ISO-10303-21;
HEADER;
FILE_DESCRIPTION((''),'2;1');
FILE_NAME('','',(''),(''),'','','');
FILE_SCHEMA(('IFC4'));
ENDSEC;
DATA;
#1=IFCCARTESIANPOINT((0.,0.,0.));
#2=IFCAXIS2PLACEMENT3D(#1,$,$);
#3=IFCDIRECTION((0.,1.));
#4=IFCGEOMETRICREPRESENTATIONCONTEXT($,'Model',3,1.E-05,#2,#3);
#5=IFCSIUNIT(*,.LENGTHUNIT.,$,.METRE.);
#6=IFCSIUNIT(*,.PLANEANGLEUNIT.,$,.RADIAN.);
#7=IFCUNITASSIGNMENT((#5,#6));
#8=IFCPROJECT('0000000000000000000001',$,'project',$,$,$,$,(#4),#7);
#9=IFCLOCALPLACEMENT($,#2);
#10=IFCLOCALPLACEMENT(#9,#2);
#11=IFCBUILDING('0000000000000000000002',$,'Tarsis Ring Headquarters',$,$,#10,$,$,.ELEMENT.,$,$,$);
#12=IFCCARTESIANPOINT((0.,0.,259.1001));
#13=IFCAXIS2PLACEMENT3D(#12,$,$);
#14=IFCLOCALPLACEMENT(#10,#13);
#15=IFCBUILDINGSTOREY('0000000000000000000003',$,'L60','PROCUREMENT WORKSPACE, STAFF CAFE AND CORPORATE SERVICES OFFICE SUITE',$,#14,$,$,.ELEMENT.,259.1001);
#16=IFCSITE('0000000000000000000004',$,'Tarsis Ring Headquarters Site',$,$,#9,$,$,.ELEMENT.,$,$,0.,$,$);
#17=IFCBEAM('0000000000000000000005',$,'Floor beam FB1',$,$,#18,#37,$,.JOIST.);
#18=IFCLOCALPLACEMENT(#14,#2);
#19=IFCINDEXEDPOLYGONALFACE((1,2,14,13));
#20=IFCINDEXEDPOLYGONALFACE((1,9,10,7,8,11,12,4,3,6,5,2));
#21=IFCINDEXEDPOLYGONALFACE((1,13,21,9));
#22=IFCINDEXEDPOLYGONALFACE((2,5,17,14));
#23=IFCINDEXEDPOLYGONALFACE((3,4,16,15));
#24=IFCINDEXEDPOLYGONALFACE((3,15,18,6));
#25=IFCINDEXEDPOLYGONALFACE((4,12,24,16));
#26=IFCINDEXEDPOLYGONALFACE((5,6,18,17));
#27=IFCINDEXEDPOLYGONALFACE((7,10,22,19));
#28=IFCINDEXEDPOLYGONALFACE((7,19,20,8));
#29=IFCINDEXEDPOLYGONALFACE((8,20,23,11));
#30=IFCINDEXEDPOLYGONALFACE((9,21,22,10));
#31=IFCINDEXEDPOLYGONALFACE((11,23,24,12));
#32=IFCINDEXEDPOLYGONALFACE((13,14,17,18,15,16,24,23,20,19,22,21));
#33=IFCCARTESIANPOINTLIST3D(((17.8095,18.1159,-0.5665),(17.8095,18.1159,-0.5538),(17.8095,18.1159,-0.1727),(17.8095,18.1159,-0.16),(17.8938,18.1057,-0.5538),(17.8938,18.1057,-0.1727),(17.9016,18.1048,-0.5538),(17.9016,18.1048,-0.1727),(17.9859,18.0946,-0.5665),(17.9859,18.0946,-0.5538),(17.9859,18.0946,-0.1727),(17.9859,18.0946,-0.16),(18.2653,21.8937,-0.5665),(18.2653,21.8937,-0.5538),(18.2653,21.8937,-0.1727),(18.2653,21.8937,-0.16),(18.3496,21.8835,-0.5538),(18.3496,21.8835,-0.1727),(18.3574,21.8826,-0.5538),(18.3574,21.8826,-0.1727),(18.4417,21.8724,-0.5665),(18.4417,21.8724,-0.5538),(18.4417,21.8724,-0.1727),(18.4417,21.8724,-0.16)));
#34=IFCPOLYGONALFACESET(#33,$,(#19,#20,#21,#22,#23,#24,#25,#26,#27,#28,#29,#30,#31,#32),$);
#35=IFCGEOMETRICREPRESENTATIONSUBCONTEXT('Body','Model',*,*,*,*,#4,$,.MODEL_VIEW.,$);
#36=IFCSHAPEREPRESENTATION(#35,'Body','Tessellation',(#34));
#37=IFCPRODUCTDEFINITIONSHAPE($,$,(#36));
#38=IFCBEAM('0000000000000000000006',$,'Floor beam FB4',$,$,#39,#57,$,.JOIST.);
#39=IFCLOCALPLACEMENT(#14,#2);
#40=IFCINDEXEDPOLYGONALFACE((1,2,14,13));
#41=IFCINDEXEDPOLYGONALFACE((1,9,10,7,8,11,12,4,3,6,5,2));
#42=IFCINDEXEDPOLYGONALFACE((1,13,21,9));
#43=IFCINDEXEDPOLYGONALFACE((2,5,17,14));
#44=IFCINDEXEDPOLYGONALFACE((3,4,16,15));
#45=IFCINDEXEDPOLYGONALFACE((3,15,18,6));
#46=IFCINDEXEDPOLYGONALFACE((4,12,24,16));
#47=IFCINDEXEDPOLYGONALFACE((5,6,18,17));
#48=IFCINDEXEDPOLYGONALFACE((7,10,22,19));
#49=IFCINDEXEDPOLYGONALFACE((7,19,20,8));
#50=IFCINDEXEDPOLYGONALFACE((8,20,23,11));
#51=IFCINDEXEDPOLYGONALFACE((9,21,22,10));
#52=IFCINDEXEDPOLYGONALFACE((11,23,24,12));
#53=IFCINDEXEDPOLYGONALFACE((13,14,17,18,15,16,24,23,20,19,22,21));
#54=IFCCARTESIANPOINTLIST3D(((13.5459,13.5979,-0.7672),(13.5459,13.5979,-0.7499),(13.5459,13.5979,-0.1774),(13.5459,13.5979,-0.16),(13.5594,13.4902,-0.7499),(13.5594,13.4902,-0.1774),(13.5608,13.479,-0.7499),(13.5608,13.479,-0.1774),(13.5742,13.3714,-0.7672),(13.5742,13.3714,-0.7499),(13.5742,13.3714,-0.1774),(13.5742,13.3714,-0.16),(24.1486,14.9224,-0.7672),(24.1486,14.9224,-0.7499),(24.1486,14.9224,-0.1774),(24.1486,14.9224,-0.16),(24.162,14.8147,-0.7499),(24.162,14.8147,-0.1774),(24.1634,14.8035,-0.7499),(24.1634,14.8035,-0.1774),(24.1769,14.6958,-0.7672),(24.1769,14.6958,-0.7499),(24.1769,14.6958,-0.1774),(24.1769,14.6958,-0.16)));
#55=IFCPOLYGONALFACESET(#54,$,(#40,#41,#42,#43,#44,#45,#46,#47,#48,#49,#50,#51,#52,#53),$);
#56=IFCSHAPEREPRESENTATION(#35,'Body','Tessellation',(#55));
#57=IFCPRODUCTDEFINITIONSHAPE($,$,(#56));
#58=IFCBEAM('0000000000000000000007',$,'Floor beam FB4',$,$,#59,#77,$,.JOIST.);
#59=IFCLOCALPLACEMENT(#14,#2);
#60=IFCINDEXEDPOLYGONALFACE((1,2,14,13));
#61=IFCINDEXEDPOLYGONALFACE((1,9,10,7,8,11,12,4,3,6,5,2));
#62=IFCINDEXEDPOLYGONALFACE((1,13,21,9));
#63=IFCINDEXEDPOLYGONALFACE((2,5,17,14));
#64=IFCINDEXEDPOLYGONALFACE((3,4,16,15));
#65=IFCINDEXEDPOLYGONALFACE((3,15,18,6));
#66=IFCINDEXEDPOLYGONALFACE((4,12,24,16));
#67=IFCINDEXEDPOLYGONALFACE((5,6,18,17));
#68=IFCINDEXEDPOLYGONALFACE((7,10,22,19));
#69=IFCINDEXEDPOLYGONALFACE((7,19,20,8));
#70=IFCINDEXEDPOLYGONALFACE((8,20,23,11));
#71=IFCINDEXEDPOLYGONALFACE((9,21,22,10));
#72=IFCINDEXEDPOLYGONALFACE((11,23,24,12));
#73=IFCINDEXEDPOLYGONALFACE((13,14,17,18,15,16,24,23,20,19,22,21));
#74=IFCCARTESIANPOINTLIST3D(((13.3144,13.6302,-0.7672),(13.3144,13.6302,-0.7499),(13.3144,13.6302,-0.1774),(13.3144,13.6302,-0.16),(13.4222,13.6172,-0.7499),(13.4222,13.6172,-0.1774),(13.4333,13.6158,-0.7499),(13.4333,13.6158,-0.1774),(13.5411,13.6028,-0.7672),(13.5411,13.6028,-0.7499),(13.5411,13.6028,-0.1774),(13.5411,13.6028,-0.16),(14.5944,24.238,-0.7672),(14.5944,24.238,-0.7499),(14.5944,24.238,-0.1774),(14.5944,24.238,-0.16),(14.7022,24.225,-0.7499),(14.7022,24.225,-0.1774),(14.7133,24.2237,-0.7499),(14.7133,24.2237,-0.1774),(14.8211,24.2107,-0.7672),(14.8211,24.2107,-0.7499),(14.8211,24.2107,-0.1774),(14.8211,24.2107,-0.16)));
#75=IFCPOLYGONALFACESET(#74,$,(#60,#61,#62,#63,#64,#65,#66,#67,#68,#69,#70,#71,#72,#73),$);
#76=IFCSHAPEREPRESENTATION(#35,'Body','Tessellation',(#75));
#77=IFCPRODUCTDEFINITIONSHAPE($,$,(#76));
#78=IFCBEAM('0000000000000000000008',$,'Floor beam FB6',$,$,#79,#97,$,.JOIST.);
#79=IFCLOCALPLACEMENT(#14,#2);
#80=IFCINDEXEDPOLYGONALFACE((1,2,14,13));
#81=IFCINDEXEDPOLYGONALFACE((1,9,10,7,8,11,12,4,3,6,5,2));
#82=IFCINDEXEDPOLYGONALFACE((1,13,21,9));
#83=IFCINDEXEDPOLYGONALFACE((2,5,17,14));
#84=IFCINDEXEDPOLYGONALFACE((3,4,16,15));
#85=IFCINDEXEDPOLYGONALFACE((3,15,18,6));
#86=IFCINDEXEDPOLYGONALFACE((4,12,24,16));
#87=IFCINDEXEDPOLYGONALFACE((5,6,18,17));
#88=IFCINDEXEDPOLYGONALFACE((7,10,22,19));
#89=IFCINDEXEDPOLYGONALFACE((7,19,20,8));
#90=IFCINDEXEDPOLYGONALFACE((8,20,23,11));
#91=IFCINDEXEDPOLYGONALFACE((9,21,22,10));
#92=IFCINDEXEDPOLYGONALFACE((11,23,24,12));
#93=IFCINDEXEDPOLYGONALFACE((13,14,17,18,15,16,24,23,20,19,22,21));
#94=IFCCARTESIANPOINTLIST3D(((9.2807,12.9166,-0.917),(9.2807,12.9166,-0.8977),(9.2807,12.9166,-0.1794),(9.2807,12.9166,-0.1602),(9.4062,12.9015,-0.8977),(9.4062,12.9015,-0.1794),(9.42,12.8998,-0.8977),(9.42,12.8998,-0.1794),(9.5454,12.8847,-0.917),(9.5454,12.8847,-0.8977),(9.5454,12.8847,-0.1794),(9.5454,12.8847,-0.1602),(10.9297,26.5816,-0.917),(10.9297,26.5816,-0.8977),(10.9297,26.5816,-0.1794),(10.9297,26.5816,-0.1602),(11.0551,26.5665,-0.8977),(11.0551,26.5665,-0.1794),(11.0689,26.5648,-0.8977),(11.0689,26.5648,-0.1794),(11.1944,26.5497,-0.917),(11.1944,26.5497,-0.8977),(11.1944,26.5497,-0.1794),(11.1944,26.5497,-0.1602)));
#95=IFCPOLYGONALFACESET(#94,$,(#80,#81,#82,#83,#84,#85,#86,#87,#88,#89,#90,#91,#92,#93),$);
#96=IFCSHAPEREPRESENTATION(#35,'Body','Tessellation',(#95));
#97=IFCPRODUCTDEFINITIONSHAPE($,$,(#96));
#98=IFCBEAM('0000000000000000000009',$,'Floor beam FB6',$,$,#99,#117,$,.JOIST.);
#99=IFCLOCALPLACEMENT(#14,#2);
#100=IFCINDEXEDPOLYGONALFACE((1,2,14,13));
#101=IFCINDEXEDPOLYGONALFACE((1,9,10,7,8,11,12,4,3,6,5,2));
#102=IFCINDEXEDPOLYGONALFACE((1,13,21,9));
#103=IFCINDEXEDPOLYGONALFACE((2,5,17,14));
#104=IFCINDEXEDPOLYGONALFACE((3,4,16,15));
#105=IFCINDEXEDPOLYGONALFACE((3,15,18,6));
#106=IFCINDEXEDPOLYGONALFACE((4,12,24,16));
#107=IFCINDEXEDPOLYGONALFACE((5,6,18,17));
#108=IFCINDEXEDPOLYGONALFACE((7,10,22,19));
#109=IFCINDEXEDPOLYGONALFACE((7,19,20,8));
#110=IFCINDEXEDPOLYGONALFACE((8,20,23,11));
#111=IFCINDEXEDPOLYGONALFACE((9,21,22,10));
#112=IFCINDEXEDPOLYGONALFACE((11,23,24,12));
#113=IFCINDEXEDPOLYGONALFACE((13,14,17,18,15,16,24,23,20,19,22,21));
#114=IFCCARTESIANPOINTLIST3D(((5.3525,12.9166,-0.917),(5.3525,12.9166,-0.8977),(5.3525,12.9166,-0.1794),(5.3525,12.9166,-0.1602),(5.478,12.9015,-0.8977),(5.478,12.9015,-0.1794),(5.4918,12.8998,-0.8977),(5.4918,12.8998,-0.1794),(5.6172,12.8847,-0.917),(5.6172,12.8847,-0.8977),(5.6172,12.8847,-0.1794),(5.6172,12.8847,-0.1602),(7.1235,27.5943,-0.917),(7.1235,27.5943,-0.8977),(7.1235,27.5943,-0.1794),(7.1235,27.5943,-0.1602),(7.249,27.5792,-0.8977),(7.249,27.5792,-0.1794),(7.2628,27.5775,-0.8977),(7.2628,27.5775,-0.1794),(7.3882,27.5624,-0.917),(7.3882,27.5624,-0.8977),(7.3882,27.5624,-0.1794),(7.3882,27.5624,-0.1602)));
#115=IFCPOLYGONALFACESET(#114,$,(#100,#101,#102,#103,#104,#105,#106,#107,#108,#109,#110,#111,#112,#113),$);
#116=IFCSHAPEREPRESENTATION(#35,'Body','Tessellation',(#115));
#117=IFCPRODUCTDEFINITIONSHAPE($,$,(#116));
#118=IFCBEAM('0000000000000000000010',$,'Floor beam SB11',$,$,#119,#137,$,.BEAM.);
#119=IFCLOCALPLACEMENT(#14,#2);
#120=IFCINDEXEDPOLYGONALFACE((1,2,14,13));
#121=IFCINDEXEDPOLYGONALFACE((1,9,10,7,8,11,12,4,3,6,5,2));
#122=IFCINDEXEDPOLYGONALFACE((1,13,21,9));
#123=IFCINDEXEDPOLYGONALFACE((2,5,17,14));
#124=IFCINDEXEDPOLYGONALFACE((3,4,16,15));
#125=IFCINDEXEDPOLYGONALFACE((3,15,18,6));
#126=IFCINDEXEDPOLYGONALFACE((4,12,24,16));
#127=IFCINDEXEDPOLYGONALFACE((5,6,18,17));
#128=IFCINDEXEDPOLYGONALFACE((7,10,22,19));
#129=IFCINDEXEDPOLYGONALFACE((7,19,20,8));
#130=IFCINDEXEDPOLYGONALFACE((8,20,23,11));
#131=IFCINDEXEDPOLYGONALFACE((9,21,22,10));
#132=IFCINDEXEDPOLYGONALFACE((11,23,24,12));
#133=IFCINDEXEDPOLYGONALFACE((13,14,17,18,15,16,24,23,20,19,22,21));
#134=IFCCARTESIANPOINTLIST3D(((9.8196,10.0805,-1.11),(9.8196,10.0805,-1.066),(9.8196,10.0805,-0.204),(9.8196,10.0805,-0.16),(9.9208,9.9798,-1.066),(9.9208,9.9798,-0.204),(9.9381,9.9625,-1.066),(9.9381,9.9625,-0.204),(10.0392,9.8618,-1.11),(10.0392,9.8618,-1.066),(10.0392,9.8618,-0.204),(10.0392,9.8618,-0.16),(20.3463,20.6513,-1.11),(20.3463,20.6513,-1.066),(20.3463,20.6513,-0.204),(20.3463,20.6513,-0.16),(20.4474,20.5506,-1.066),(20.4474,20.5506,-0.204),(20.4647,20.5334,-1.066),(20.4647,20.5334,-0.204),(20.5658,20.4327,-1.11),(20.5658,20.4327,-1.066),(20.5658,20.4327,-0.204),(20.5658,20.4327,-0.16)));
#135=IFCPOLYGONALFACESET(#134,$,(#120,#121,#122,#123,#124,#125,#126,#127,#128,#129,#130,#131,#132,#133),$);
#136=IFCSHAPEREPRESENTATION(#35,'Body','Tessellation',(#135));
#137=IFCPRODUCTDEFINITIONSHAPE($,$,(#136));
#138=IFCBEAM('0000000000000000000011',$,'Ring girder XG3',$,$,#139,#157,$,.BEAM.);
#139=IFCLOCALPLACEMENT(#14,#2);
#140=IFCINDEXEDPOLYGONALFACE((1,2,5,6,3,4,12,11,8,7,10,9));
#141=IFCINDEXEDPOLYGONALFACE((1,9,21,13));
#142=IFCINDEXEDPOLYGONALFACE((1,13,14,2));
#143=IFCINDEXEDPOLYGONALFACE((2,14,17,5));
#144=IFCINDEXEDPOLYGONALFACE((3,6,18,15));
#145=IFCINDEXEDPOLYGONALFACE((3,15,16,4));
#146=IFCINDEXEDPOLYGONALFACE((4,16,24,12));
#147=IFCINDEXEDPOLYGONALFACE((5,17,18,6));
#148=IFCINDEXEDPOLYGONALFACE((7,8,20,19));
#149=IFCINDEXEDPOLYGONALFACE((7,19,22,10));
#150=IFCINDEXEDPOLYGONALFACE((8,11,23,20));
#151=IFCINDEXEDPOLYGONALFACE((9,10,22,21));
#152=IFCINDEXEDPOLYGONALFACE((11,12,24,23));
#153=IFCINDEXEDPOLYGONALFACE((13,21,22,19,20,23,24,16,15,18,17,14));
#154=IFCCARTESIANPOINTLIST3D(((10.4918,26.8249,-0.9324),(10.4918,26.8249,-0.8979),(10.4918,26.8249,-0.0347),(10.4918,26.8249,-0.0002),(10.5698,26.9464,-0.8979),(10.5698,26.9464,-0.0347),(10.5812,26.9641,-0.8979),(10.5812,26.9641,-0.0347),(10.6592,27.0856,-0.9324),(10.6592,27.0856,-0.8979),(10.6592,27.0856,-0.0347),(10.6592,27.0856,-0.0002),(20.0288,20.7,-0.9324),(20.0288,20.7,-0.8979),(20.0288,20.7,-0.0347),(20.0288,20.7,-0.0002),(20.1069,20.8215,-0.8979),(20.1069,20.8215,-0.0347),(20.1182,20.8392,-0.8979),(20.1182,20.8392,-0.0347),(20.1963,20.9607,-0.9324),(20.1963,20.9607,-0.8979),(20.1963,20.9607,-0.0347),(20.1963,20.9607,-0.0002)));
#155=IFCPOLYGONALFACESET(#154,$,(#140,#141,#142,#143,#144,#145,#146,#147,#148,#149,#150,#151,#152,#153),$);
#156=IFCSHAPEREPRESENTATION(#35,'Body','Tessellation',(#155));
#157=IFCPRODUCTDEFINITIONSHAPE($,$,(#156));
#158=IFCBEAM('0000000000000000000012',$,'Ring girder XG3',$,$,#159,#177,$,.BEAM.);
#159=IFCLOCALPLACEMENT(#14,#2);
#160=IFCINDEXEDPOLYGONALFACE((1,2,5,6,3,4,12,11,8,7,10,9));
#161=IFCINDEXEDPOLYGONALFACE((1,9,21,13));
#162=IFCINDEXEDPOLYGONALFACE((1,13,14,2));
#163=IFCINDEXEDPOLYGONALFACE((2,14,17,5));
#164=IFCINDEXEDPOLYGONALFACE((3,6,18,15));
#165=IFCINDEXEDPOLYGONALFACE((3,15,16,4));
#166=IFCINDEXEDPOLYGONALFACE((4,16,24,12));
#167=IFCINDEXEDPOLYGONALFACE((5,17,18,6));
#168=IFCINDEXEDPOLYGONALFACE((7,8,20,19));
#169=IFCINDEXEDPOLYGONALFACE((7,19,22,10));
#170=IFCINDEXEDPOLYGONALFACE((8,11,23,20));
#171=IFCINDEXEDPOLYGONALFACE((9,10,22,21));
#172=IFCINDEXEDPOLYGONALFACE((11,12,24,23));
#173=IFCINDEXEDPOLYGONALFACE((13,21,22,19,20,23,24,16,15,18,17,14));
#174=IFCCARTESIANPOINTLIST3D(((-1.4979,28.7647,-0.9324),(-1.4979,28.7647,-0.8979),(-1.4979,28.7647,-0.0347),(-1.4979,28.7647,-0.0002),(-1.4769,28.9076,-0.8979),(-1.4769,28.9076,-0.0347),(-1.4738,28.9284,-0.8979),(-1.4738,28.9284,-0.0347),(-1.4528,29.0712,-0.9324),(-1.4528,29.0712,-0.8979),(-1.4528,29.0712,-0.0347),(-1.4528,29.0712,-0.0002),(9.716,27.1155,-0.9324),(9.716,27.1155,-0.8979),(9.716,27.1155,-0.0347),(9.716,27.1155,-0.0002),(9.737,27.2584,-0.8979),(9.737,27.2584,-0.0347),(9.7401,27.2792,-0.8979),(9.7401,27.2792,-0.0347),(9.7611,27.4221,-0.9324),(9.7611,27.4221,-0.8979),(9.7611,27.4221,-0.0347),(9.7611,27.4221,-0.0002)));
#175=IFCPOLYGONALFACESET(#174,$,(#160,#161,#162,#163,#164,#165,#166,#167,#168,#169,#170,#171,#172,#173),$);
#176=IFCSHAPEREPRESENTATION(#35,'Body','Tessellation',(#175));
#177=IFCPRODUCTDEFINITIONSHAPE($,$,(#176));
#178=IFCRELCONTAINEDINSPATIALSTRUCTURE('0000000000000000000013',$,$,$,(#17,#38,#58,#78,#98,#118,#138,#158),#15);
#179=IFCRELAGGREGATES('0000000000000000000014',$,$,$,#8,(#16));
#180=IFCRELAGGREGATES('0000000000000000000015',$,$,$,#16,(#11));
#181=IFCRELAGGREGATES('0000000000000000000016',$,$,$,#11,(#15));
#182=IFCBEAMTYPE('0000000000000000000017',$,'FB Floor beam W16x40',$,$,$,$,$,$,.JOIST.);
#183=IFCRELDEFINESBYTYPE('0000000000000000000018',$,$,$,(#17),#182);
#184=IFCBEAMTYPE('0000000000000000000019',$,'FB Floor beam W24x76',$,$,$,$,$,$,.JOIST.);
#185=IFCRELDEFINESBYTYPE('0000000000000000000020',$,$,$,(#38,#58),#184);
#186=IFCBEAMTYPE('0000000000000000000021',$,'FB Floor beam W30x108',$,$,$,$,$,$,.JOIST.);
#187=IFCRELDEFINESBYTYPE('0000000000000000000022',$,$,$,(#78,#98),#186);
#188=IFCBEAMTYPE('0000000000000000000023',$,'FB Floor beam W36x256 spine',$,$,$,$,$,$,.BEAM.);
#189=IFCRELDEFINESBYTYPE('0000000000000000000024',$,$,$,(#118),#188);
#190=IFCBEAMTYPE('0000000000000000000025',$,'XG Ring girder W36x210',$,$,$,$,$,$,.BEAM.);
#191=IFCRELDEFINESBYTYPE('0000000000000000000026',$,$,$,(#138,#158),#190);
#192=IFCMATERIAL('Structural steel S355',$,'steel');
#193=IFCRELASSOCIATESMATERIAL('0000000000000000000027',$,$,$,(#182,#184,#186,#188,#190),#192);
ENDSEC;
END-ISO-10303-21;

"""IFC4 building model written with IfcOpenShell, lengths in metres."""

from ifc_helpers import new_model, si_unit, direction, frame, origin, origin_2d, place, context, subcontext, project, spatial, i_section, extrude, material, material_profile, profile_set, type_object, element, save


model = new_model("IFC4")

# Units and contexts
model_context = context("Model", 3, precision=1e-05, world=origin(), true_north=direction((0.0, 1.0)))
body_context = subcontext(model_context, "Body", "Model", "MODEL_VIEW")
ifc_project = project(units=[si_unit("LENGTHUNIT", "METRE"), si_unit("PLANEANGLEUNIT", "RADIAN")], contexts=[model_context])

# Site, building, storey
site_placement = place(None, origin())
site = spatial("IfcSite", under=ifc_project, at=site_placement, Name="Tarsis Ring Headquarters Site", CompositionType="ELEMENT", RefElevation=0.0)
building_placement = place(site_placement, origin())
building = spatial("IfcBuilding", under=site, at=building_placement, Name="Tarsis Ring Headquarters", CompositionType="ELEMENT")
storey_placement = place(building_placement, frame((0.0, 0.0, 259.1001)))
storey = spatial("IfcBuildingStorey", under=building, at=storey_placement, Name="L60", Description="PROCUREMENT WORKSPACE, STAFF CAFE AND CORPORATE SERVICES OFFICE SUITE", CompositionType="ELEMENT", Elevation=259.1001)

# Shared definitions
ifc_material_1 = material(Name="Structural steel S355", Category="steel")

# Beams
ifc_material_profile_1 = material_profile(ifc_material_1, i_section(OverallWidth=0.1777, OverallDepth=0.4065, WebThickness=0.0078, FlangeThickness=0.0127, at=origin_2d()), Name="W16x40")
ifc_profile_set_1 = profile_set([ifc_material_profile_1], Name="Structural steel S355")
beam_type_1 = type_object("IfcBeamType", Name="FB Floor beam W16x40", PredefinedType="JOIST", material=ifc_profile_set_1)
for number, where, z_axis, x_axis, name in (
    (1, (18.3535, 21.8831, -0.3633), (-0.119785, -0.9928, 0.0), (0.9928, -0.119785, 0.0), "Floor beam FB1"),
):
    element("IfcBeam", number, at=place(storey_placement, frame(where, z_axis=z_axis, x_axis=x_axis)), inside=storey, type_object=beam_type_1, Name=name, PredefinedType="JOIST", context=body_context, shape_type="SweptSolid", body=[
        extrude(i_section(OverallWidth=0.1777, OverallDepth=0.4065, WebThickness=0.0078, FlangeThickness=0.0127, at=origin_2d()), origin(), (0.0, 0.0, 1.0), 3.8052),
    ])
ifc_material_profile_2 = material_profile(ifc_material_1, i_section(OverallWidth=0.2283, OverallDepth=0.6072, WebThickness=0.0112, FlangeThickness=0.0173, at=origin_2d()), Name="W24x76")
ifc_profile_set_2 = profile_set([ifc_material_profile_2], Name="Structural steel S355")
beam_type_2 = type_object("IfcBeamType", Name="FB Floor beam W24x76", PredefinedType="JOIST", material=ifc_profile_set_2)
beam_1_placement = place(storey_placement, frame((13.5601, 13.4846, -0.4636), z_axis=(0.992288, 0.123956, 0.0), x_axis=(-0.123956, 0.992288, 0.0)))
element("IfcBeam", 2, at=beam_1_placement, inside=storey, type_object=beam_type_2, Name="Floor beam FB4", PredefinedType="JOIST", context=body_context, shape_type="SweptSolid", body=[
    extrude(i_section(OverallWidth=0.2283, OverallDepth=0.6072, WebThickness=0.0112, FlangeThickness=0.0173, at=origin_2d()), origin(), (0.0, 0.0, 1.0), 10.6851),
])
beam_2_placement = place(storey_placement, frame((14.7078, 24.2244, -0.4636), z_axis=(-0.119798, -0.992798, 0.0), x_axis=(0.992798, -0.119798, 0.0)))
element("IfcBeam", 3, at=beam_2_placement, inside=storey, type_object=beam_type_2, Name="Floor beam FB4", PredefinedType="JOIST", context=body_context, shape_type="SweptSolid", body=[
    extrude(i_section(OverallWidth=0.2283, OverallDepth=0.6072, WebThickness=0.0112, FlangeThickness=0.0173, at=origin_2d()), origin(), (0.0, 0.0, 1.0), 10.6848),
])
ifc_material_profile_3 = material_profile(ifc_material_1, i_section(OverallWidth=0.2666, OverallDepth=0.7568, WebThickness=0.0139, FlangeThickness=0.0193, at=origin_2d()), Name="W30x108")
ifc_profile_set_3 = profile_set([ifc_material_profile_3], Name="Structural steel S355")
beam_type_3 = type_object("IfcBeamType", Name="FB Floor beam W30x108", PredefinedType="JOIST", material=ifc_profile_set_3)
beam_3_placement = place(storey_placement, frame((11.062, 26.5657, -0.5386), z_axis=(-0.119798, -0.992798, 0.0), x_axis=(0.992798, -0.119798, 0.0)))
element("IfcBeam", 4, at=beam_3_placement, inside=storey, type_object=beam_type_3, Name="Floor beam FB6", PredefinedType="JOIST", context=body_context, shape_type="SweptSolid", body=[
    extrude(i_section(OverallWidth=0.2666, OverallDepth=0.7568, WebThickness=0.0139, FlangeThickness=0.0193, at=origin_2d()), origin(), (0.0, 0.0, 1.0), 13.7642),
])
beam_4_placement = place(storey_placement, frame((7.2559, 27.5784, -0.5386), z_axis=(-0.11979, -0.992799, 0.0), x_axis=(0.992799, -0.11979, 0.0)))
element("IfcBeam", 5, at=beam_4_placement, inside=storey, type_object=beam_type_3, Name="Floor beam FB6", PredefinedType="JOIST", context=body_context, shape_type="SweptSolid", body=[
    extrude(i_section(OverallWidth=0.2666, OverallDepth=0.7568, WebThickness=0.0139, FlangeThickness=0.0193, at=origin_2d()), origin(), (0.0, 0.0, 1.0), 14.7842),
])
ifc_material_profile_4 = material_profile(ifc_material_1, i_section(OverallWidth=0.3098, OverallDepth=0.95, WebThickness=0.0244, FlangeThickness=0.0439, at=origin_2d()), Name="W36x256")
ifc_profile_set_4 = profile_set([ifc_material_profile_4], Name="Structural steel S355")
beam_type_4 = type_object("IfcBeamType", Name="FB Floor beam W36x256 spine", PredefinedType="BEAM", material=ifc_profile_set_4)
beam_5_placement = place(storey_placement, frame((20.4561, 20.542, -0.635), z_axis=(-0.705624, -0.708586, 0.0), x_axis=(0.708586, -0.705624, 0.0)))
element("IfcBeam", 6, at=beam_5_placement, inside=storey, type_object=beam_type_4, Name="Floor beam SB11", PredefinedType="BEAM", context=body_context, shape_type="SweptSolid", body=[
    extrude(i_section(OverallWidth=0.3098, OverallDepth=0.95, WebThickness=0.0244, FlangeThickness=0.0439, at=origin_2d()), origin(), (0.0, 0.0, 1.0), 14.9182),
])
ifc_material_profile_5 = material_profile(ifc_material_1, i_section(OverallWidth=0.3098, OverallDepth=0.9321, WebThickness=0.021, FlangeThickness=0.0344, at=origin_2d()), Name="W36x210")
ifc_profile_set_5 = profile_set([ifc_material_profile_5], Name="Structural steel S355")
beam_type_5 = type_object("IfcBeamType", Name="XG Ring girder W36x210", PredefinedType="BEAM", material=ifc_profile_set_5)
for number, where, z_axis, x_axis, name in (
    (7, (20.1125, 20.8303, -0.4663), (-0.841419, 0.540383, 0.0), (-0.540383, -0.841419, 0.0), "Ring girder XG3"),
    (8, (9.7385, 27.2688, -0.4663), (-0.989358, 0.1455, 0.0), (-0.1455, -0.989358, 0.0), "Ring girder XG3"),
):
    element("IfcBeam", number, at=place(storey_placement, frame(where, z_axis=z_axis, x_axis=x_axis)), inside=storey, type_object=beam_type_5, Name=name, PredefinedType="BEAM", context=body_context, shape_type="SweptSolid", body=[
        extrude(i_section(OverallWidth=0.3098, OverallDepth=0.9321, WebThickness=0.021, FlangeThickness=0.0344, at=origin_2d()), origin(), (0.0, 0.0, 1.0), 11.3345),
    ])

save(model, "model.ifc")
